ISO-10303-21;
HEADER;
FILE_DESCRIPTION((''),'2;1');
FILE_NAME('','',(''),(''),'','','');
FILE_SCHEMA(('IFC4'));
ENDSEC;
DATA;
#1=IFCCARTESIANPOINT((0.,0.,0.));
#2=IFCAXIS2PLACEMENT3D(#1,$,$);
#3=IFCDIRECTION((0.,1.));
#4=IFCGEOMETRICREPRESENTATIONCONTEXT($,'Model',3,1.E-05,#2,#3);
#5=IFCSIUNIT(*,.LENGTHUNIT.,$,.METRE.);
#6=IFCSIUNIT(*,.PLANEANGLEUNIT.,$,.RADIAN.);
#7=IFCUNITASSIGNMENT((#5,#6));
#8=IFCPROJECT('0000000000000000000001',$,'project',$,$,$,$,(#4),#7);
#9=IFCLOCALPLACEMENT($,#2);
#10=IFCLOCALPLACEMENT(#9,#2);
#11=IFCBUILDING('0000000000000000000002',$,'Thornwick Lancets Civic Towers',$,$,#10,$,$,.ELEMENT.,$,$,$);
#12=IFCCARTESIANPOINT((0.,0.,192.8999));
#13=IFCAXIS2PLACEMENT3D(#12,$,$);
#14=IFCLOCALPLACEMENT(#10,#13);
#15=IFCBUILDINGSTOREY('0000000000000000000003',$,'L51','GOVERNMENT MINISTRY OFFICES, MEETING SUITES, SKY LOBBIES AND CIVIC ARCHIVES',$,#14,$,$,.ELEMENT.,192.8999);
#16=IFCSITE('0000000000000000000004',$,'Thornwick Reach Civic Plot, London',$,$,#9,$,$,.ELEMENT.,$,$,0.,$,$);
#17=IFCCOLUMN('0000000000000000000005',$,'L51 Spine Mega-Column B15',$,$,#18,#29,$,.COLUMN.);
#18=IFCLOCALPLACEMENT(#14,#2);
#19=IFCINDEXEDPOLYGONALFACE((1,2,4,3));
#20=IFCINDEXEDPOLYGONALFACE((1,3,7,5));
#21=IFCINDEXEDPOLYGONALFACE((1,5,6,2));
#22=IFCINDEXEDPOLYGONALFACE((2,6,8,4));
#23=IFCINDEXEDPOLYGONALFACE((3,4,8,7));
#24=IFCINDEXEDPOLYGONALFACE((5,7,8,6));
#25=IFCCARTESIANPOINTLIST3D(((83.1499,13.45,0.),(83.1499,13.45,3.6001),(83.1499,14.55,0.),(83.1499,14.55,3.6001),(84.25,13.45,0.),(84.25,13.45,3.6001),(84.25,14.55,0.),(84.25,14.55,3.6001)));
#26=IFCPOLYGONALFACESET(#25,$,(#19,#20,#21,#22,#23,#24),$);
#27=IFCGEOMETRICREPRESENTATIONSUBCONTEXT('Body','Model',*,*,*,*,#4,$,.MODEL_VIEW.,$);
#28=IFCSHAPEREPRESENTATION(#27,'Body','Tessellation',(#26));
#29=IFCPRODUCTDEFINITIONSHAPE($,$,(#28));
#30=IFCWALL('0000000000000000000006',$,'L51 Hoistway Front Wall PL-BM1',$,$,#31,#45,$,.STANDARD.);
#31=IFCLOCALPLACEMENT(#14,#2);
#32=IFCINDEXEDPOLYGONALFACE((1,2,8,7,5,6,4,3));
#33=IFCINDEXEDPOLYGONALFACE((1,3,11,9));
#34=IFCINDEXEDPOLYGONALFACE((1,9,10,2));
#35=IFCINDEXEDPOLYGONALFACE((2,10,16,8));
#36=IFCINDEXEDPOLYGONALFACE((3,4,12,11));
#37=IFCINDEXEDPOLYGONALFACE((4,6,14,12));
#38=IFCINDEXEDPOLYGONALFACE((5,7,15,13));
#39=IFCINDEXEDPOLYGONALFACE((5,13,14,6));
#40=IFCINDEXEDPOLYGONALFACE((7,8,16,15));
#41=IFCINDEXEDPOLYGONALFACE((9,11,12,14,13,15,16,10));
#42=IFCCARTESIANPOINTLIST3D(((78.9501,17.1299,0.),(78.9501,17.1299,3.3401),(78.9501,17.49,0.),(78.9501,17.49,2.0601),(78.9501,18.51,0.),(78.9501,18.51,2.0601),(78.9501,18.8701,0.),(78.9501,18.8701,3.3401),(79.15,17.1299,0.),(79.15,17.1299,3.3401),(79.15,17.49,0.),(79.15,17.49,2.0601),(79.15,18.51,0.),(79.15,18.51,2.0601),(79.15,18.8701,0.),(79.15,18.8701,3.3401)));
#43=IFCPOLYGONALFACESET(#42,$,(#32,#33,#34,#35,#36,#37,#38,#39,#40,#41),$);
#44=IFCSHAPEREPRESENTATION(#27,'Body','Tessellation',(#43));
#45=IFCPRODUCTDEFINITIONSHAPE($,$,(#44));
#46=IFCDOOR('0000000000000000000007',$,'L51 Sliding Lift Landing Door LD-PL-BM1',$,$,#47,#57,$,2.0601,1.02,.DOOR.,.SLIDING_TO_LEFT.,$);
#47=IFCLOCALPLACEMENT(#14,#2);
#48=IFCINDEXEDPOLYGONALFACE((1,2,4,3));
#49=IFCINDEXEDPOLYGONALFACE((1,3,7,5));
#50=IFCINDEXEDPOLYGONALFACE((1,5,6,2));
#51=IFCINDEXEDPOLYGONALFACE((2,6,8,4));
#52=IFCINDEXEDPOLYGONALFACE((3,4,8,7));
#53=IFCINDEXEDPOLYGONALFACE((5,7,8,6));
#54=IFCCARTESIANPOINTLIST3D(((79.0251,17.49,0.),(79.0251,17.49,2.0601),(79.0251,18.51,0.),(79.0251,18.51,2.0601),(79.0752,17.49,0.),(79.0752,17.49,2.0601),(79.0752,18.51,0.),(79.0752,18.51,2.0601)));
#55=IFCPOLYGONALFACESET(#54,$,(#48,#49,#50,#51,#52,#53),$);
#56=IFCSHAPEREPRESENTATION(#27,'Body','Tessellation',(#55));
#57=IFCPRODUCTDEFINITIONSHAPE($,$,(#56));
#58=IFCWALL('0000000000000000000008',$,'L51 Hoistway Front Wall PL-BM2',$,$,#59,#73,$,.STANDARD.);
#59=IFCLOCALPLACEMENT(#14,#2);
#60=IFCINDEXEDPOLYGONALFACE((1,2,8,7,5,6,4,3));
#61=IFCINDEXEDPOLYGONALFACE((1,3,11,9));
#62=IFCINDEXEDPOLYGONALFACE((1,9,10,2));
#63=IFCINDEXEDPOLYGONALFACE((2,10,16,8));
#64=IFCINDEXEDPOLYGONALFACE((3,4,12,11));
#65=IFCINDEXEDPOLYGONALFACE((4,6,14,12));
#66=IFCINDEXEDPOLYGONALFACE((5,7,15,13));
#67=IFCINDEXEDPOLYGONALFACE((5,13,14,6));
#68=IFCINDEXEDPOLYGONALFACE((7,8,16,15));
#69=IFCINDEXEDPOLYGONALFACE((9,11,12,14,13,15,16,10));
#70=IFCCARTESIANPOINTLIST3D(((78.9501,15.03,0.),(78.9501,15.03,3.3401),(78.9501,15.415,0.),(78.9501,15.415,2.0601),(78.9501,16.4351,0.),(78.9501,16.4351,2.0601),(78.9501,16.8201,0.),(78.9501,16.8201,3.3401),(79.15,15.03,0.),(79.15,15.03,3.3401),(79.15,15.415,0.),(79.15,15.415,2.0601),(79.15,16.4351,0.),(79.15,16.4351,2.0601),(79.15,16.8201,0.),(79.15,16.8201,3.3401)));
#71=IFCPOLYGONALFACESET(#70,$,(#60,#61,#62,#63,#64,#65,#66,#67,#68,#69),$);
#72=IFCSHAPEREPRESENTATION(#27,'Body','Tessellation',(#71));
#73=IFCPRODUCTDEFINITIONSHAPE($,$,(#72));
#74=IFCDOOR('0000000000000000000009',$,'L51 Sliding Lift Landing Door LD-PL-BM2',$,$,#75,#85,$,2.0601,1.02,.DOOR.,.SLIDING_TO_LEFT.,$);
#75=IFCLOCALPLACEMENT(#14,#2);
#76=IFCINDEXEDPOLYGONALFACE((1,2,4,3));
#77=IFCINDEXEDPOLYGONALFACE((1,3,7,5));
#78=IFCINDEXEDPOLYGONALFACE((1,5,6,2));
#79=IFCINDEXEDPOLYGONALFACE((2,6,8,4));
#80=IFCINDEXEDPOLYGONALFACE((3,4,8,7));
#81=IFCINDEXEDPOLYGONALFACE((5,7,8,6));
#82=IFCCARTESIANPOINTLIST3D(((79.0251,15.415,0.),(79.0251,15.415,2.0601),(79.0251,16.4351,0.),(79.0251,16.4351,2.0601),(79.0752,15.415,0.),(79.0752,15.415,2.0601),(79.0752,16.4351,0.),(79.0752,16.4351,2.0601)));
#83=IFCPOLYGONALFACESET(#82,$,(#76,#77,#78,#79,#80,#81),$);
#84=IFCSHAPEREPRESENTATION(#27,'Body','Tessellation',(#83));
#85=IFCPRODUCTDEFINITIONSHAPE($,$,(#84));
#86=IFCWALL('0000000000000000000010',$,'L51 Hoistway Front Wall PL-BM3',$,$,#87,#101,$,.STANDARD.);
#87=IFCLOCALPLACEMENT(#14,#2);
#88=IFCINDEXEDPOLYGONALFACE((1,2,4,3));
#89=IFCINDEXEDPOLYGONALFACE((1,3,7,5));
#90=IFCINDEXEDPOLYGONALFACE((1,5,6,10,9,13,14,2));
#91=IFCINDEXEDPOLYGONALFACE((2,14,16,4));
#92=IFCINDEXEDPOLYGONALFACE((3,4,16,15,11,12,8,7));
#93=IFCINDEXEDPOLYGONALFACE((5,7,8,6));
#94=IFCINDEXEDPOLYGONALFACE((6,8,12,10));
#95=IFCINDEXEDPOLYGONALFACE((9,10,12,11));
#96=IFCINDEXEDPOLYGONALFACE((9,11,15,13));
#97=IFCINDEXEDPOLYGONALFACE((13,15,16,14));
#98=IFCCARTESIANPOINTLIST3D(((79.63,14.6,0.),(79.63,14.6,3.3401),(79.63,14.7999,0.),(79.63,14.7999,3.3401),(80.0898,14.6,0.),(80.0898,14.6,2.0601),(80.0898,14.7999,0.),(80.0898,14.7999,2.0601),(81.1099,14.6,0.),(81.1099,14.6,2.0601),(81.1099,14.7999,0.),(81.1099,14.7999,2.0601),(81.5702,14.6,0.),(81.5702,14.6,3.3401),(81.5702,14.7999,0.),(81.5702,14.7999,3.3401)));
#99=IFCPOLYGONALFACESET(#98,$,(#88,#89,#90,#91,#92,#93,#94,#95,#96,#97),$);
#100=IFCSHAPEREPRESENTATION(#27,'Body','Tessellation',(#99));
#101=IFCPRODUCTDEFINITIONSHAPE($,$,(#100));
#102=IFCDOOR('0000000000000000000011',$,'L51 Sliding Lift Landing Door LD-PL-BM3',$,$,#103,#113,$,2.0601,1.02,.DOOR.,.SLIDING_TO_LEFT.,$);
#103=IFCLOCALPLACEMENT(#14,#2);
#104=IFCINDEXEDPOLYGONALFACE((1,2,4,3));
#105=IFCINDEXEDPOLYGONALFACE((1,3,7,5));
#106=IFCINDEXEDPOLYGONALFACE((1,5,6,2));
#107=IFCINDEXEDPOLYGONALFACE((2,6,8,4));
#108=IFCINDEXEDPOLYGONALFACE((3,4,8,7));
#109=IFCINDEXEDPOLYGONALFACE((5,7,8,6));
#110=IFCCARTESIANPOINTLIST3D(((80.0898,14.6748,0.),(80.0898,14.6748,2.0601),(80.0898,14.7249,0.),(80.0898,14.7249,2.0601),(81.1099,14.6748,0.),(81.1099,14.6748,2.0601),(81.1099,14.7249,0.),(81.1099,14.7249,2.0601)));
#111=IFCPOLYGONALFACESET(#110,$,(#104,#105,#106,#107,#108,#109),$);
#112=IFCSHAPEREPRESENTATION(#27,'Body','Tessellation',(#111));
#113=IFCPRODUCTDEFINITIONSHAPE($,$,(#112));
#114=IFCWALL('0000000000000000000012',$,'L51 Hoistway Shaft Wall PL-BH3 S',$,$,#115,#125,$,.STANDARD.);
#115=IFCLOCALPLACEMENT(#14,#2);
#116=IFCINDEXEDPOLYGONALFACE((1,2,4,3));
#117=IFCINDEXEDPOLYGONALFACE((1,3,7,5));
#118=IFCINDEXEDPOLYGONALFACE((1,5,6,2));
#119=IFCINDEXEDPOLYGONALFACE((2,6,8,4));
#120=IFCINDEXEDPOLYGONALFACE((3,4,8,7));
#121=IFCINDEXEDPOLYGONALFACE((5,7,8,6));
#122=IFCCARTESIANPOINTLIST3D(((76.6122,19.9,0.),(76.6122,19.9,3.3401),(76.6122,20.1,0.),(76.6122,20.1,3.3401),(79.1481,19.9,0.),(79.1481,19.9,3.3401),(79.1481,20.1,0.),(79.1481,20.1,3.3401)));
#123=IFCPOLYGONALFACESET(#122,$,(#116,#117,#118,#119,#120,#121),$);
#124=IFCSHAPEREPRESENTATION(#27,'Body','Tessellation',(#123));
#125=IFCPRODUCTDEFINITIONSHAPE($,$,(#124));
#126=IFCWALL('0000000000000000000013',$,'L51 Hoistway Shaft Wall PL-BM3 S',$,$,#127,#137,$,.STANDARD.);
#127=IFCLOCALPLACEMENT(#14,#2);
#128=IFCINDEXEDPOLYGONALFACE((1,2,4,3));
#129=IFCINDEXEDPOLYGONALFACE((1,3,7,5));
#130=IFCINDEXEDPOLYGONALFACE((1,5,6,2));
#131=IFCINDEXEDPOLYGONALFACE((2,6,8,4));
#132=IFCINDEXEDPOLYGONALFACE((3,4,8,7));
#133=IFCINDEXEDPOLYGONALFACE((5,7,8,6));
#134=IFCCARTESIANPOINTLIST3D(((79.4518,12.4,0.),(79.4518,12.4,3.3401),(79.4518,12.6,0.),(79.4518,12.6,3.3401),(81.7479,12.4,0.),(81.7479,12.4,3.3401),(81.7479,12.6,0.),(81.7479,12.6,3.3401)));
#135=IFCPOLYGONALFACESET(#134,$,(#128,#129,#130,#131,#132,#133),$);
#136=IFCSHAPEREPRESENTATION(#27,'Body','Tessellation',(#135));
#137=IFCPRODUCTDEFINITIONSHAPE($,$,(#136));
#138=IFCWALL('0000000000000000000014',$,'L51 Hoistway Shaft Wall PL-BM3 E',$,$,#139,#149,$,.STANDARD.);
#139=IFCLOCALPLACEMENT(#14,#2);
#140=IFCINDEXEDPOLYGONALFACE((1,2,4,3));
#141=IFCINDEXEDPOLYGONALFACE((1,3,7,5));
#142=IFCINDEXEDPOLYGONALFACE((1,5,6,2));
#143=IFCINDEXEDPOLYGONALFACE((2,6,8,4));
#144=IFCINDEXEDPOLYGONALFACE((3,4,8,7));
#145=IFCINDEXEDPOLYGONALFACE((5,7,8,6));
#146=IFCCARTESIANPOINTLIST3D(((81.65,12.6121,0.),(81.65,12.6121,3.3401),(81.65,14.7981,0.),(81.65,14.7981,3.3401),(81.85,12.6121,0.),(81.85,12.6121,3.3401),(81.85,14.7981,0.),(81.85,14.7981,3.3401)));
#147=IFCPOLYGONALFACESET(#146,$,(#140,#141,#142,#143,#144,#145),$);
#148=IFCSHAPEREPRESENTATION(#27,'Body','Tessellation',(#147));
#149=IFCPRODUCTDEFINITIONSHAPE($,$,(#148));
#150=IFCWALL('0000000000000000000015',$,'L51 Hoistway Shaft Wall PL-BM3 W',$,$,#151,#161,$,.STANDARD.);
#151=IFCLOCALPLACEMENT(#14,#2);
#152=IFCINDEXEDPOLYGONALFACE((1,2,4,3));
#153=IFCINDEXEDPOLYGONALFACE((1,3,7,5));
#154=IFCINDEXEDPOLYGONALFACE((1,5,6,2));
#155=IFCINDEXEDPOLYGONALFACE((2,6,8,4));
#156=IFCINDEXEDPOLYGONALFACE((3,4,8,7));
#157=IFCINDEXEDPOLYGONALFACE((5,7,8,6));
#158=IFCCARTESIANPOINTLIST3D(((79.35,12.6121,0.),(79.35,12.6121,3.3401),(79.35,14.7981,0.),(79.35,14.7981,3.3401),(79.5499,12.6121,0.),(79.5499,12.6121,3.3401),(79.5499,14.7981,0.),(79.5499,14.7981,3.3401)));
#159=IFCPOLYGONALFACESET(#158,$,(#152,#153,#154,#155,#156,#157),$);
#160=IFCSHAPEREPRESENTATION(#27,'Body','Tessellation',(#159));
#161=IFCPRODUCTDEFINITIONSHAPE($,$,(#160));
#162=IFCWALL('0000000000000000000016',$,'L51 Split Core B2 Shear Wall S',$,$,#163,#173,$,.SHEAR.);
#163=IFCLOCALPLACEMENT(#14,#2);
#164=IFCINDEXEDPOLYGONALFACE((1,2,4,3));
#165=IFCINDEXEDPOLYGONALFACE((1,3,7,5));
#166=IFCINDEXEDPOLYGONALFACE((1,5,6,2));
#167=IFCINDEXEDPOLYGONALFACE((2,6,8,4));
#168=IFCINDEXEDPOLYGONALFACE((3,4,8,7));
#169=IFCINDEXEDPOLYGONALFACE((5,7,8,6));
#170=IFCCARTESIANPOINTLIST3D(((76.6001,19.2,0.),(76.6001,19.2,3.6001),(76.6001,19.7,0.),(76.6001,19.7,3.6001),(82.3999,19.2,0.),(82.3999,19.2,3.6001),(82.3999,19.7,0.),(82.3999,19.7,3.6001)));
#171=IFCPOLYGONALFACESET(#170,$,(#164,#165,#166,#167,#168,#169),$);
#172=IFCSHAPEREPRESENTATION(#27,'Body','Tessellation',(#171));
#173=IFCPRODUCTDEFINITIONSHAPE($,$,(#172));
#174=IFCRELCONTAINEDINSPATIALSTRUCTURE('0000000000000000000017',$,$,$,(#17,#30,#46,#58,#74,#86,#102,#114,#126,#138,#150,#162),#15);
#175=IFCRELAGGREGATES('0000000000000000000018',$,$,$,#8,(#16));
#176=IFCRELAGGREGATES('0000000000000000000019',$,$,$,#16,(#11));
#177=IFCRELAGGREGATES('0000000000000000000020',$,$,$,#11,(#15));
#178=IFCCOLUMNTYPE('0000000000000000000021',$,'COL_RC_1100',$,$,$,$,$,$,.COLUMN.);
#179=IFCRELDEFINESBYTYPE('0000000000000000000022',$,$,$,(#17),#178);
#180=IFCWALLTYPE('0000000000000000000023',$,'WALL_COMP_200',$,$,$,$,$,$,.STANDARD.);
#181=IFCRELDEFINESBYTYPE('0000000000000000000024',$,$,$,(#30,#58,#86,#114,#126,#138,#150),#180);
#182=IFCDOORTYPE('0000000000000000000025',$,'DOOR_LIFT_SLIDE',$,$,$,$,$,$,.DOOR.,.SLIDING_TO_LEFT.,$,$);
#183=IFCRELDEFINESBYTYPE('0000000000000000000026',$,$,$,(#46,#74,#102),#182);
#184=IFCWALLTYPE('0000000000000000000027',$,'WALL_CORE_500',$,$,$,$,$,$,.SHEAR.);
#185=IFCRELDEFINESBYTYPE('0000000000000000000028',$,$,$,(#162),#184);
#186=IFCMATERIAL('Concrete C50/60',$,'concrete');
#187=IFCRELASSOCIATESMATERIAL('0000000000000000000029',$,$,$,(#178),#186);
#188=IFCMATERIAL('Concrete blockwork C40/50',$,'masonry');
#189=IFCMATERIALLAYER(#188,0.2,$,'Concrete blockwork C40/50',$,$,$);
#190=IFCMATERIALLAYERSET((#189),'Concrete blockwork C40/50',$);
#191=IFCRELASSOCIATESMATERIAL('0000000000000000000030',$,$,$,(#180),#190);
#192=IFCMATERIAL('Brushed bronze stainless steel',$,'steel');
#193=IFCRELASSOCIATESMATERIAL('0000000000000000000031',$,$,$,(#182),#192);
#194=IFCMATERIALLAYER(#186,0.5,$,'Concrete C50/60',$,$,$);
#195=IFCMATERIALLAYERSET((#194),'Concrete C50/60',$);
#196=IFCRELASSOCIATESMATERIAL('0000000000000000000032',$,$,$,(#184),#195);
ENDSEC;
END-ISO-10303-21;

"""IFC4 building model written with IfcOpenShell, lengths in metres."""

from ifc_helpers import new_model, si_unit, direction, frame, frame_2d, origin, origin_2d, place, context, subcontext, project, spatial, rectangle, extrude, material, layer, layer_set, material_profile, profile_set, type_object, element, fill, save


model = new_model("IFC4")

# Units and contexts
model_context = context("Model", 3, precision=1e-05, world=origin(), true_north=direction((0.0, 1.0)))
body_context = subcontext(model_context, "Body", "Model", "MODEL_VIEW")
ifc_project = project(units=[si_unit("LENGTHUNIT", "METRE"), si_unit("PLANEANGLEUNIT", "RADIAN")], contexts=[model_context])

# Site, building, storey
site_placement = place(None, origin())
site = spatial("IfcSite", under=ifc_project, at=site_placement, Name="Thornwick Reach Civic Plot, London", CompositionType="ELEMENT", RefElevation=0.0)
building_placement = place(site_placement, origin())
building = spatial("IfcBuilding", under=site, at=building_placement, Name="Thornwick Lancets Civic Towers", CompositionType="ELEMENT")
storey_placement = place(building_placement, frame((0.0, 0.0, 192.8999)))
storey = spatial("IfcBuildingStorey", under=building, at=storey_placement, Name="L51", Description="GOVERNMENT MINISTRY OFFICES, MEETING SUITES, SKY LOBBIES AND CIVIC ARCHIVES", CompositionType="ELEMENT", Elevation=192.8999)

# Column
ifc_material_1 = material(Name="Concrete C50/60", Category="concrete")
ifc_material_profile = material_profile(ifc_material_1, rectangle(XDim=1.1001, YDim=1.1001, at=origin_2d()), Name="RC 1100x1100")
ifc_profile_set = profile_set([ifc_material_profile], Name="Concrete C50/60")
column_type = type_object("IfcColumnType", Name="COL_RC_1100", PredefinedType="COLUMN", material=ifc_profile_set)
column_placement = place(storey_placement, frame((83.7, 14.0, 0.0), z_axis=(0.0, 0.0, 1.0), x_axis=(1.0, 0.0, 0.0)))
element("IfcColumn", 1, at=column_placement, inside=storey, type_object=column_type, Name="L51 Spine Mega-Column B15", PredefinedType="COLUMN", context=body_context, shape_type="SweptSolid", body=[
    extrude(rectangle(XDim=1.1001, YDim=1.1001, at=origin_2d()), origin(), (0.0, 0.0, 1.0), 3.6001),
])

# Walls, openings, doors
ifc_material_2 = material(Name="Concrete blockwork C40/50", Category="masonry")
ifc_layer_1 = layer(ifc_material_2, 0.2, Name="Concrete blockwork C40/50")
ifc_layer_set_1 = layer_set([ifc_layer_1], Name="Concrete blockwork C40/50")
wall_type_1 = type_object("IfcWallType", Name="WALL_COMP_200", PredefinedType="STANDARD", material=ifc_layer_set_1)
wall_1_placement = place(storey_placement, frame((79.05, 17.1299, 0.0), z_axis=(0.0, 0.0, 1.0), x_axis=(0.0, 1.0, 0.0)))
wall_1 = element("IfcWall", 2, at=wall_1_placement, inside=storey, type_object=wall_type_1, Name="L51 Hoistway Front Wall PL-BM1", PredefinedType="STANDARD", context=body_context, shape_type="SweptSolid", body=[
    extrude(rectangle(XDim=1.7402, YDim=0.2, at=frame_2d((0.8701, 0.0))), origin(), (0.0, 0.0, 1.0), 3.3401),
])
opening_1_placement = place(wall_1_placement, frame((0.3601, 0.0, 0.0)))
opening_1 = element("IfcOpeningElement", 3, at=opening_1_placement, cuts=wall_1, PredefinedType="OPENING", context=body_context, shape_type="SweptSolid", body=[
    extrude(rectangle(XDim=1.02, YDim=2.0601, at=frame_2d((0.51, 1.03))), frame((0.0, 0.1099, 0.0), z_axis=(0.0, -1.0, 0.0), x_axis=(1.0, 0.0, 0.0)), (0.0, 0.0, 1.0), 0.22),
])
ifc_material_3 = material(Name="Brushed bronze stainless steel", Category="steel")
door_type_1 = type_object("IfcDoorType", Name="DOOR_LIFT_SLIDE", OperationType="SLIDING_TO_LEFT", PredefinedType="DOOR", material=ifc_material_3)
door_1_placement = place(opening_1_placement, origin())
door_1 = element("IfcDoor", 4, at=door_1_placement, inside=storey, type_object=door_type_1, Name="L51 Sliding Lift Landing Door LD-PL-BM1", OperationType="SLIDING_TO_LEFT", OverallHeight=2.0601, OverallWidth=1.02, PredefinedType="DOOR", context=body_context, shape_type="SweptSolid", body=[
    extrude(rectangle(XDim=1.02, YDim=2.0601, at=frame_2d((0.51, 1.03))), frame((0.0, 0.0249, 0.0), z_axis=(0.0, -1.0, 0.0), x_axis=(1.0, 0.0, 0.0)), (0.0, 0.0, 1.0), 0.05),
])
fill(opening_1, door_1)
wall_2_placement = place(storey_placement, frame((79.05, 15.03, 0.0), z_axis=(0.0, 0.0, 1.0), x_axis=(0.0, 1.0, 0.0)))
wall_2 = element("IfcWall", 5, at=wall_2_placement, inside=storey, type_object=wall_type_1, Name="L51 Hoistway Front Wall PL-BM2", PredefinedType="STANDARD", context=body_context, shape_type="SweptSolid", body=[
    extrude(rectangle(XDim=1.79, YDim=0.2, at=frame_2d((0.895, 0.0))), origin(), (0.0, 0.0, 1.0), 3.3401),
])
opening_2_placement = place(wall_2_placement, frame((0.385, 0.0, 0.0)))
opening_2 = element("IfcOpeningElement", 6, at=opening_2_placement, cuts=wall_2, PredefinedType="OPENING", context=body_context, shape_type="SweptSolid", body=[
    extrude(rectangle(XDim=1.02, YDim=2.0601, at=frame_2d((0.51, 1.03))), frame((0.0, 0.1099, 0.0), z_axis=(0.0, -1.0, 0.0), x_axis=(1.0, 0.0, 0.0)), (0.0, 0.0, 1.0), 0.22),
])
door_2_placement = place(opening_2_placement, origin())
door_2 = element("IfcDoor", 7, at=door_2_placement, inside=storey, type_object=door_type_1, Name="L51 Sliding Lift Landing Door LD-PL-BM2", OperationType="SLIDING_TO_LEFT", OverallHeight=2.0601, OverallWidth=1.02, PredefinedType="DOOR", context=body_context, shape_type="SweptSolid", body=[
    extrude(rectangle(XDim=1.02, YDim=2.0601, at=frame_2d((0.51, 1.03))), frame((0.0, 0.0249, 0.0), z_axis=(0.0, -1.0, 0.0), x_axis=(1.0, 0.0, 0.0)), (0.0, 0.0, 1.0), 0.05),
])
fill(opening_2, door_2)
wall_3_placement = place(storey_placement, frame((79.6299, 14.7, 0.0), z_axis=(0.0, 0.0, 1.0), x_axis=(1.0, 0.0, 0.0)))
wall_3 = element("IfcWall", 8, at=wall_3_placement, inside=storey, type_object=wall_type_1, Name="L51 Hoistway Front Wall PL-BM3", PredefinedType="STANDARD", context=body_context, shape_type="SweptSolid", body=[
    extrude(rectangle(XDim=1.9402, YDim=0.2, at=frame_2d((0.9702, 0.0))), origin(), (0.0, 0.0, 1.0), 3.3401),
])
opening_3_placement = place(wall_3_placement, frame((0.46, 0.0, 0.0)))
opening_3 = element("IfcOpeningElement", 9, at=opening_3_placement, cuts=wall_3, PredefinedType="OPENING", context=body_context, shape_type="SweptSolid", body=[
    extrude(rectangle(XDim=1.02, YDim=2.0601, at=frame_2d((0.51, 1.03))), frame((0.0, 0.1099, 0.0), z_axis=(0.0, -1.0, 0.0), x_axis=(1.0, 0.0, 0.0)), (0.0, 0.0, 1.0), 0.22),
])
door_3_placement = place(opening_3_placement, origin())
door_3 = element("IfcDoor", 10, at=door_3_placement, inside=storey, type_object=door_type_1, Name="L51 Sliding Lift Landing Door LD-PL-BM3", OperationType="SLIDING_TO_LEFT", OverallHeight=2.0601, OverallWidth=1.02, PredefinedType="DOOR", context=body_context, shape_type="SweptSolid", body=[
    extrude(rectangle(XDim=1.02, YDim=2.0601, at=frame_2d((0.51, 1.03))), frame((0.0, 0.0249, 0.0), z_axis=(0.0, -1.0, 0.0), x_axis=(1.0, 0.0, 0.0)), (0.0, 0.0, 1.0), 0.05),
])
fill(opening_3, door_3)

# Walls
wall_4_placement = place(storey_placement, frame((76.6121, 20.0, 0.0), z_axis=(0.0, 0.0, 1.0), x_axis=(1.0, 0.0, 0.0)))
element("IfcWall", 11, at=wall_4_placement, inside=storey, type_object=wall_type_1, Name="L51 Hoistway Shaft Wall PL-BH3 S", PredefinedType="STANDARD", context=body_context, shape_type="SweptSolid", body=[
    extrude(rectangle(XDim=2.5359, YDim=0.2, at=frame_2d((1.2681, 0.0))), origin(), (0.0, 0.0, 1.0), 3.3401),
])
wall_5_placement = place(storey_placement, frame((79.4519, 12.5, 0.0), z_axis=(0.0, 0.0, 1.0), x_axis=(1.0, 0.0, 0.0)))
element("IfcWall", 12, at=wall_5_placement, inside=storey, type_object=wall_type_1, Name="L51 Hoistway Shaft Wall PL-BM3 S", PredefinedType="STANDARD", context=body_context, shape_type="SweptSolid", body=[
    extrude(rectangle(XDim=2.2961, YDim=0.2, at=frame_2d((1.1479, 0.0))), origin(), (0.0, 0.0, 1.0), 3.3401),
])
for number, where, z_axis, x_axis, name in (
    (13, (81.75, 12.6121, 0.0), (0.0, 0.0, 1.0), (0.0, 1.0, 0.0), "L51 Hoistway Shaft Wall PL-BM3 E"),
    (14, (79.45, 12.6121, 0.0), (0.0, 0.0, 1.0), (0.0, 1.0, 0.0), "L51 Hoistway Shaft Wall PL-BM3 W"),
):
    element("IfcWall", number, at=place(storey_placement, frame(where, z_axis=z_axis, x_axis=x_axis)), inside=storey, type_object=wall_type_1, Name=name, PredefinedType="STANDARD", context=body_context, shape_type="SweptSolid", body=[
        extrude(rectangle(XDim=2.186, YDim=0.2, at=frame_2d((1.093, 0.0))), origin(), (0.0, 0.0, 1.0), 3.3401),
    ])
ifc_layer_2 = layer(ifc_material_1, 0.5, Name="Concrete C50/60")
ifc_layer_set_2 = layer_set([ifc_layer_2], Name="Concrete C50/60")
wall_type_2 = type_object("IfcWallType", Name="WALL_CORE_500", PredefinedType="SHEAR", material=ifc_layer_set_2)
wall_6_placement = place(storey_placement, frame((76.6001, 19.45, 0.0), z_axis=(0.0, 0.0, 1.0), x_axis=(1.0, 0.0, 0.0)))
element("IfcWall", 15, at=wall_6_placement, inside=storey, type_object=wall_type_2, Name="L51 Split Core B2 Shear Wall S", PredefinedType="SHEAR", context=body_context, shape_type="SweptSolid", body=[
    extrude(rectangle(XDim=5.7998, YDim=0.5, at=frame_2d((2.8999, 0.0))), origin(), (0.0, 0.0, 1.0), 3.6001),
])

save(model, "model.ifc")
